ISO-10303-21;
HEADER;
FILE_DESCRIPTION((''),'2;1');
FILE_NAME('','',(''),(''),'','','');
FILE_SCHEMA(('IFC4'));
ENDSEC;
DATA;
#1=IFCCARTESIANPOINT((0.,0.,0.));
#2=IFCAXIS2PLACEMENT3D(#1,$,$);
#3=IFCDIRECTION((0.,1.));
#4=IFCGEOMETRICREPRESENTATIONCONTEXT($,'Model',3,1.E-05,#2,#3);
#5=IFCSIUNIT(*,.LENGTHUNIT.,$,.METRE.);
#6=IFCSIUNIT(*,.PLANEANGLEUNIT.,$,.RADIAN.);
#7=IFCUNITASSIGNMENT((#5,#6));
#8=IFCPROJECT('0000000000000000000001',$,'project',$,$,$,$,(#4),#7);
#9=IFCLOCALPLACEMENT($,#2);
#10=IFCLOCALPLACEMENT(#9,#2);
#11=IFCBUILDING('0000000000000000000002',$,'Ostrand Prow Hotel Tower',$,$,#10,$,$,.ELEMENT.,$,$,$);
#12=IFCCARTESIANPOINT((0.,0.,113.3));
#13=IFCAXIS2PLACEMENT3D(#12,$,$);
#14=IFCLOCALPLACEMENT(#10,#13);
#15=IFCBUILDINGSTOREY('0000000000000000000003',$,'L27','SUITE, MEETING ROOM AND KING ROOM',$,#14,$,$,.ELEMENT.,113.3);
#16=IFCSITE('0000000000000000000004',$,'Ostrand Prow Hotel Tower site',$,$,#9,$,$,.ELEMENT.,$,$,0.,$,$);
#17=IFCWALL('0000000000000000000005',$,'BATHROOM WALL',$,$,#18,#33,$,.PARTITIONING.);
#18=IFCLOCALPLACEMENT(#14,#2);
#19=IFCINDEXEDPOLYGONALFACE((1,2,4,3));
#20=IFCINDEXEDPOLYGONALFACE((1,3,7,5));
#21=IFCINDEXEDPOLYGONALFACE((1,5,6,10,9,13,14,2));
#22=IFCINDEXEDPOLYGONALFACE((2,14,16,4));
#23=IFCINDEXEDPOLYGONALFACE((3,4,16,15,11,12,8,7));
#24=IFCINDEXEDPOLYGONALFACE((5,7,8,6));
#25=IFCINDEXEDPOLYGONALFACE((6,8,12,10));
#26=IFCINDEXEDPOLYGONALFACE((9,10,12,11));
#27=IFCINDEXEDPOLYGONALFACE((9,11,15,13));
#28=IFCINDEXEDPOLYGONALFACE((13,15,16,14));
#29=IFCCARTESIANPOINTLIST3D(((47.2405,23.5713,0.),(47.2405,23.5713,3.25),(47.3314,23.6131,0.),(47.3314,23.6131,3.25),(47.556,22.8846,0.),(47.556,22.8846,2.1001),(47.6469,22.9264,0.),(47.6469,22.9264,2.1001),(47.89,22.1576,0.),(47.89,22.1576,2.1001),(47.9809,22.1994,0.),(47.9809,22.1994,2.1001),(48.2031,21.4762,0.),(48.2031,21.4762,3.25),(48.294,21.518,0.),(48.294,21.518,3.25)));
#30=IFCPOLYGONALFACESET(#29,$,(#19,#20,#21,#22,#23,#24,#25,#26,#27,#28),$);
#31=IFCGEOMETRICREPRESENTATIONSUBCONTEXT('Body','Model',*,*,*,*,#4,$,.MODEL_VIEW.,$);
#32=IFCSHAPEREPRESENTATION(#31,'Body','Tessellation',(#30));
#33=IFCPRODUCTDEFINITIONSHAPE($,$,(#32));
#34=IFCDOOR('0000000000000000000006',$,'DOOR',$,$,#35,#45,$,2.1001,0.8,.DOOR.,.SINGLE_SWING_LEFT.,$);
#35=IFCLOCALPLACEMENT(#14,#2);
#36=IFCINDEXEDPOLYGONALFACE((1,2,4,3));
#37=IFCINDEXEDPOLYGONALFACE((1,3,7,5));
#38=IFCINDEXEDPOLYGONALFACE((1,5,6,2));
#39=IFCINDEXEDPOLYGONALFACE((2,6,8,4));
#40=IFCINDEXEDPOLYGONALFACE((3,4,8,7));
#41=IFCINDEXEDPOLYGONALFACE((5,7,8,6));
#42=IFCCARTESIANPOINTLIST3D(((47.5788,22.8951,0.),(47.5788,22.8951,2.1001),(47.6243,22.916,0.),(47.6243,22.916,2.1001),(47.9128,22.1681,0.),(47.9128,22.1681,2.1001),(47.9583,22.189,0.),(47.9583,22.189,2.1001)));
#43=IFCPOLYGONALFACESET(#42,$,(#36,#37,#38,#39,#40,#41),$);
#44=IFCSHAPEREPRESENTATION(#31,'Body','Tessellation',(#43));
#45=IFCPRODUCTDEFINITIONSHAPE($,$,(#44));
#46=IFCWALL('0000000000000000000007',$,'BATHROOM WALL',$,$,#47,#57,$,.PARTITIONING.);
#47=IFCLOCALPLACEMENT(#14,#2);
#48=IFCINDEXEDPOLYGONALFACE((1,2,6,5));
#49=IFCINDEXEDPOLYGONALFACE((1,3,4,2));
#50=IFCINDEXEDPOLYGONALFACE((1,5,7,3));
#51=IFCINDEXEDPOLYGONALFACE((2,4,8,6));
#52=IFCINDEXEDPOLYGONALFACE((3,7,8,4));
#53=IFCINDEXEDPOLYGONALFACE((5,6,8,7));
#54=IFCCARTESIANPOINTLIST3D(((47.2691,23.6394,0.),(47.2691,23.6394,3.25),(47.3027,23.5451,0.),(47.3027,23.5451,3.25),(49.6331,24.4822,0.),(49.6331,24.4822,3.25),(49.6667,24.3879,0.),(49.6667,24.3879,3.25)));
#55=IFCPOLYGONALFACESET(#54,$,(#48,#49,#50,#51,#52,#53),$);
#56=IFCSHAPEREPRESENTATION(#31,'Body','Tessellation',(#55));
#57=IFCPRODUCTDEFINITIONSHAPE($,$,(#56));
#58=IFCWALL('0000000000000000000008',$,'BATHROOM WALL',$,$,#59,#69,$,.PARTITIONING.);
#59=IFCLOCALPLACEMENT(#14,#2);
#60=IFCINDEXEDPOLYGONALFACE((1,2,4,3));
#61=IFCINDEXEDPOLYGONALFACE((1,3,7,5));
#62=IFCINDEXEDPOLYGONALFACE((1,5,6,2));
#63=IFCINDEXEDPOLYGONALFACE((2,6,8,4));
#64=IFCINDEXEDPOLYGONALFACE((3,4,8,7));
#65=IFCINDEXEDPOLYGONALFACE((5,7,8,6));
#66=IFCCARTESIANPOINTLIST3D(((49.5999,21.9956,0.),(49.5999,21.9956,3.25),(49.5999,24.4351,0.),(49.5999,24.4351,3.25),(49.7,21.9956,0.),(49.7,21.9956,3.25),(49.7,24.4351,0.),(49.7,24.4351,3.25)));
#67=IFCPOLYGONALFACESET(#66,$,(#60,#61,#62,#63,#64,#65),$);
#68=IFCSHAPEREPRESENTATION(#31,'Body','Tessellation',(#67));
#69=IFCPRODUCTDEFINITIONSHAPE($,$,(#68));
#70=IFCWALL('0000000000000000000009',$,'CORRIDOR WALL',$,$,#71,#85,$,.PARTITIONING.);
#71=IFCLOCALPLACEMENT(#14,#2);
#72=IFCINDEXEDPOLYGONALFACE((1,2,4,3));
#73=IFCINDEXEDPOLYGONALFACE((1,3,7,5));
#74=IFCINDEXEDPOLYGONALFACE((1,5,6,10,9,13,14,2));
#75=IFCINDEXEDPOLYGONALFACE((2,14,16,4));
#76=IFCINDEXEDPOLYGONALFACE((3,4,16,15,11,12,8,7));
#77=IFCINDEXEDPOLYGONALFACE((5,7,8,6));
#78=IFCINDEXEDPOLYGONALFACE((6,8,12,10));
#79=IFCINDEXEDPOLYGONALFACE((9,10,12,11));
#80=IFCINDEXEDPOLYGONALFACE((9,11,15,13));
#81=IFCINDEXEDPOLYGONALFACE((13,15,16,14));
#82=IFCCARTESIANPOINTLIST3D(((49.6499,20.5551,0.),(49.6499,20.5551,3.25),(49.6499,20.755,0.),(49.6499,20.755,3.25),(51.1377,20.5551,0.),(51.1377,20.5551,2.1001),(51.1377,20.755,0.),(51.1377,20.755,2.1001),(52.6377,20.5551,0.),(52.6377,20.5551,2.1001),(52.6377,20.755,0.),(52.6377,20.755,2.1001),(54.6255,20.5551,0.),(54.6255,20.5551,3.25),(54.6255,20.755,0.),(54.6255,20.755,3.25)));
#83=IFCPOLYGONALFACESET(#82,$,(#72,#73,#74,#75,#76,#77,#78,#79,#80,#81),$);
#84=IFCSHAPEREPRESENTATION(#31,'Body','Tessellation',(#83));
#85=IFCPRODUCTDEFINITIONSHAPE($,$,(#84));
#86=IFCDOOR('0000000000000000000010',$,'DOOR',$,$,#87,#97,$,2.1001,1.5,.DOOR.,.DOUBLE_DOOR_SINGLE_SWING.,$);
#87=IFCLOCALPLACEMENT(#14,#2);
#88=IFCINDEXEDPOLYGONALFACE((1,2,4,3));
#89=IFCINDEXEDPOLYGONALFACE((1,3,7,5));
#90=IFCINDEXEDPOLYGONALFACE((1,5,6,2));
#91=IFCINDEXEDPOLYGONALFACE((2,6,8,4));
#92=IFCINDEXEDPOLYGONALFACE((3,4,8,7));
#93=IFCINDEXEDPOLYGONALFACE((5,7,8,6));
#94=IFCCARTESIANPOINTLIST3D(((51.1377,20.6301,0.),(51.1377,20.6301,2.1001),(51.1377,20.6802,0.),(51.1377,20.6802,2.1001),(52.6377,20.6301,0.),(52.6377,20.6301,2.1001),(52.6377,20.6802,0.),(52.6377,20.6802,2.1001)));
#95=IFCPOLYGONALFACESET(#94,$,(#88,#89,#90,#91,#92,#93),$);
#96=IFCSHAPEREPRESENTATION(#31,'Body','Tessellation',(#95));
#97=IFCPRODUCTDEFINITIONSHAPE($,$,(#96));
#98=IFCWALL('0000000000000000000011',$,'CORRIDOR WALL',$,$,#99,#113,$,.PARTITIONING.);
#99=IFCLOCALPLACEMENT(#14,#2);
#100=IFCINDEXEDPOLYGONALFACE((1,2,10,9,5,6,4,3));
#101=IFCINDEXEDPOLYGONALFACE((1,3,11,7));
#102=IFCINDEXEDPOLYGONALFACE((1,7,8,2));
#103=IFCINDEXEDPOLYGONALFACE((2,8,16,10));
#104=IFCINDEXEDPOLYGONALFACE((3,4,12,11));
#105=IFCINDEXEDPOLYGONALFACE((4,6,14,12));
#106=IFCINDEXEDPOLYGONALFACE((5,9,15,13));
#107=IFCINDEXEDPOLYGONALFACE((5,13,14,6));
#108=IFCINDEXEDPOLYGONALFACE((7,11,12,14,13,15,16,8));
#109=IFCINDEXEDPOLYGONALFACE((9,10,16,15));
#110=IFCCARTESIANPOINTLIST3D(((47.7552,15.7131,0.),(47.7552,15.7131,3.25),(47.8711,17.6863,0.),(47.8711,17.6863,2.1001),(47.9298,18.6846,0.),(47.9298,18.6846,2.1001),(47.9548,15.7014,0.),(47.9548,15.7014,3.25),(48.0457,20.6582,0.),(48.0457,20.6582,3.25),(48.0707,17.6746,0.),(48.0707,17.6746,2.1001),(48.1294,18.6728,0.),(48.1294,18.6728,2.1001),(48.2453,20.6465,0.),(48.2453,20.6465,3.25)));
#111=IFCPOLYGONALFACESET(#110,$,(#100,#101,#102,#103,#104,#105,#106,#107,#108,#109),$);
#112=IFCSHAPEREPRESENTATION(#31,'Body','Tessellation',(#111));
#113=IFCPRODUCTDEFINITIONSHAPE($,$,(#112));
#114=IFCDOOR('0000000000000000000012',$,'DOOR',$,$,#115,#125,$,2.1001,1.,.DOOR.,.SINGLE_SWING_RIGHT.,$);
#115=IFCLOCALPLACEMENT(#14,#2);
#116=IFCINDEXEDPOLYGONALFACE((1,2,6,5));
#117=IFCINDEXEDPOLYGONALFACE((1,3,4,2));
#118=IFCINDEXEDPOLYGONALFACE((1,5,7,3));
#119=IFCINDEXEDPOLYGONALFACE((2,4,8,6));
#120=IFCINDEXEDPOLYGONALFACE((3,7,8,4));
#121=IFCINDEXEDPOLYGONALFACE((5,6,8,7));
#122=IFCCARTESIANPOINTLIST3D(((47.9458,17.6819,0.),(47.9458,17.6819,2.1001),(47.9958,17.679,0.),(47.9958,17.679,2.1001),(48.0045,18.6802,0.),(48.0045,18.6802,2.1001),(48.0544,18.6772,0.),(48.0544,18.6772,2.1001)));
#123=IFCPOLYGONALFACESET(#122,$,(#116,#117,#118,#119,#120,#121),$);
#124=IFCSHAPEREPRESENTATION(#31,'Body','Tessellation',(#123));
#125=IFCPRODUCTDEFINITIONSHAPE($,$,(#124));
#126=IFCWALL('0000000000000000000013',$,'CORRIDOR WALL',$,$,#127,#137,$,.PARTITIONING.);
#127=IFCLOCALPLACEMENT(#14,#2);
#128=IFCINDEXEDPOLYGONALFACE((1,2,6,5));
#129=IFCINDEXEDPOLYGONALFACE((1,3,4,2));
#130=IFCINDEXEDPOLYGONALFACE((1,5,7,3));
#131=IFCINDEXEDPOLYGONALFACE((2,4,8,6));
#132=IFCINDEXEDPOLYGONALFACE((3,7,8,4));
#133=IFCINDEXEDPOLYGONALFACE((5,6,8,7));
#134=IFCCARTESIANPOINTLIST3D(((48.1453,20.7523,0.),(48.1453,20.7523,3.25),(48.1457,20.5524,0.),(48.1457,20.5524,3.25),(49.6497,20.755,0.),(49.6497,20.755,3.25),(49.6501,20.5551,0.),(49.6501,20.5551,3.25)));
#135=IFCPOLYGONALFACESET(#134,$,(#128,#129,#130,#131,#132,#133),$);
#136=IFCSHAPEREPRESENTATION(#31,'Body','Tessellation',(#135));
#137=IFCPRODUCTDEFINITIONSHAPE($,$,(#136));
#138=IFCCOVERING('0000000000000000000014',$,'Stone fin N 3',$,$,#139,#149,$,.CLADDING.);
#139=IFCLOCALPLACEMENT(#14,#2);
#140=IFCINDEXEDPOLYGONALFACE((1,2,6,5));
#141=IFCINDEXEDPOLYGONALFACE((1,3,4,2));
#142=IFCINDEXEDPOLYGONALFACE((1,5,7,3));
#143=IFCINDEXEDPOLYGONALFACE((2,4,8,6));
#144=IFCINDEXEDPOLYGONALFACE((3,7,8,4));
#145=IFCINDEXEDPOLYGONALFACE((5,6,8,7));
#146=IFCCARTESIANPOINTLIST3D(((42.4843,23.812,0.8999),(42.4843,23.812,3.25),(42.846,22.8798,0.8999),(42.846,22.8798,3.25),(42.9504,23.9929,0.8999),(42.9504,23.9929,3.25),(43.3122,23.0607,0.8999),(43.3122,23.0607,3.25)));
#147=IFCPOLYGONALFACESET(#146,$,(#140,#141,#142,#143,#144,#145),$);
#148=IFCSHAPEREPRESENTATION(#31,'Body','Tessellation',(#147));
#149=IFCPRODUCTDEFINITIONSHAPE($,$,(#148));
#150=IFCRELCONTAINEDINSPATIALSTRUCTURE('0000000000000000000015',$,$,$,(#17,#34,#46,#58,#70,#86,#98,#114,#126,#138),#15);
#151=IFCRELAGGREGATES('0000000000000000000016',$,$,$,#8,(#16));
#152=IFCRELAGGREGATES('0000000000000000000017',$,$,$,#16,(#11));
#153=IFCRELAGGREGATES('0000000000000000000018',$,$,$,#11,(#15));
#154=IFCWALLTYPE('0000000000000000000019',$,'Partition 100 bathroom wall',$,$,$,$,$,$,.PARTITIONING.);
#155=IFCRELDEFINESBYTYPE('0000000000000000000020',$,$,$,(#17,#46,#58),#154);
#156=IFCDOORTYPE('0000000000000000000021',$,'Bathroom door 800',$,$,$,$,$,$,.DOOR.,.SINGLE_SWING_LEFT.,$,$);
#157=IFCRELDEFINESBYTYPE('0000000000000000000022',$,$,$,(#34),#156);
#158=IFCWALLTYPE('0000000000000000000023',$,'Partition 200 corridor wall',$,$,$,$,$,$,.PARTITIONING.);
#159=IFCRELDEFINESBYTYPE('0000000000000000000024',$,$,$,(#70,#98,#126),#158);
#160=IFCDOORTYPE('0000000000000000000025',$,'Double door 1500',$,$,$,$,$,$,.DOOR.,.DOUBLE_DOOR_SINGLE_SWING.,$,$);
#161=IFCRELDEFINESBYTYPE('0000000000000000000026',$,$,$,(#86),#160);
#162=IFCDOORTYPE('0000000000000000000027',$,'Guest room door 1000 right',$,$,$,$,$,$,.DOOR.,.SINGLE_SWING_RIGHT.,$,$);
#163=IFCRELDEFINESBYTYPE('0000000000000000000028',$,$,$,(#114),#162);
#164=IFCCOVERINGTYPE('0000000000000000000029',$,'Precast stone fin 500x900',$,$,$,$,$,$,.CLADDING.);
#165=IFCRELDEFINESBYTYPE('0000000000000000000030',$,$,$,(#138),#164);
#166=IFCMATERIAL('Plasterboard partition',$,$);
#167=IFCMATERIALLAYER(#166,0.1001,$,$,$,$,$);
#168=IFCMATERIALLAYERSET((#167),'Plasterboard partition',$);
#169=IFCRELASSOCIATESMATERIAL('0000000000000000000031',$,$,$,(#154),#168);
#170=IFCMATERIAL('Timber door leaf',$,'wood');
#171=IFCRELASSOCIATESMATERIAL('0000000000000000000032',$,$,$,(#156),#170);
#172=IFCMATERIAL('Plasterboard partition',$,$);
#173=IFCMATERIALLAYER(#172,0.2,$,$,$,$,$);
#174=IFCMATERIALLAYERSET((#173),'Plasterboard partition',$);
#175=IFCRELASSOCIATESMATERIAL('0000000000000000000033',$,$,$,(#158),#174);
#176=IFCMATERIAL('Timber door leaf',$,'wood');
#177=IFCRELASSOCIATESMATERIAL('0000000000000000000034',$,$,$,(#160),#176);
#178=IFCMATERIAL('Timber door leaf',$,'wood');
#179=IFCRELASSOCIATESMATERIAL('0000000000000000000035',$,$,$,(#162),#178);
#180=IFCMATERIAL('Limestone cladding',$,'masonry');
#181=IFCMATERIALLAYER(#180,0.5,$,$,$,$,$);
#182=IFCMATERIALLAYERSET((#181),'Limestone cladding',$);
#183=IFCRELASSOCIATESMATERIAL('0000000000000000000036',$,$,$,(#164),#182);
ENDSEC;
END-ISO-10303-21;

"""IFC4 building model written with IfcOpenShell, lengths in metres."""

from ifc_helpers import new_model, si_unit, direction, frame, frame_2d, origin, place, context, subcontext, project, spatial, rectangle, extrude, material, layer, layer_set, type_object, element, fill, save


model = new_model("IFC4")

# Units and contexts
model_context = context("Model", 3, precision=1e-05, world=origin(), true_north=direction((0.0, 1.0)))
body_context = subcontext(model_context, "Body", "Model", "MODEL_VIEW")
ifc_project = project(units=[si_unit("LENGTHUNIT", "METRE"), si_unit("PLANEANGLEUNIT", "RADIAN")], contexts=[model_context])

# Site, building, storey
site_placement = place(None, origin())
site = spatial("IfcSite", under=ifc_project, at=site_placement, Name="Ostrand Prow Hotel Tower site", CompositionType="ELEMENT", RefElevation=0.0)
building_placement = place(site_placement, origin())
building = spatial("IfcBuilding", under=site, at=building_placement, Name="Ostrand Prow Hotel Tower", CompositionType="ELEMENT")
storey_placement = place(building_placement, frame((0.0, 0.0, 113.3)))
storey = spatial("IfcBuildingStorey", under=building, at=storey_placement, Name="L27", Description="SUITE, MEETING ROOM AND KING ROOM", CompositionType="ELEMENT", Elevation=113.3)

# Shared definitions
ifc_material_1 = material(Name="Plasterboard partition")
ifc_layer_1 = layer(ifc_material_1, 0.1001)
ifc_layer_set_1 = layer_set([ifc_layer_1], Name="Plasterboard partition")
wall_type_1 = type_object("IfcWallType", Name="Partition 100 bathroom wall", PredefinedType="PARTITIONING", material=ifc_layer_set_1)

# Wall, opening, door
wall_1_placement = place(storey_placement, frame((48.2485, 21.4971, 0.0), z_axis=(0.0, 0.0, 1.0), x_axis=(-0.417493, 0.90868, 0.0)))
wall_1 = element("IfcWall", 1, at=wall_1_placement, inside=storey, type_object=wall_type_1, Name="BATHROOM WALL", PredefinedType="PARTITIONING", context=body_context, shape_type="SweptSolid", body=[
    extrude(rectangle(XDim=2.3057, YDim=0.1001, at=frame_2d((1.1528, 0.0))), origin(), (0.0, 0.0, 1.0), 3.25),
])
opening_1_placement = place(wall_1_placement, frame((0.75, 0.0, 0.0)))
opening_1 = element("IfcOpeningElement", 2, at=opening_1_placement, cuts=wall_1, PredefinedType="OPENING", context=body_context, shape_type="SweptSolid", body=[
    extrude(rectangle(XDim=0.8, YDim=2.1001, at=frame_2d((0.3999, 1.05))), frame((0.0, 0.0601, 0.0), z_axis=(0.0, -1.0, 0.0), x_axis=(1.0, 0.0, 0.0)), (0.0, 0.0, 1.0), 0.1201),
])
ifc_material_2 = material(Name="Timber door leaf", Category="wood")
door_type_1 = type_object("IfcDoorType", Name="Bathroom door 800", OperationType="SINGLE_SWING_LEFT", PredefinedType="DOOR", material=ifc_material_2)
door_1_placement = place(opening_1_placement, origin())
door_1 = element("IfcDoor", 3, at=door_1_placement, inside=storey, type_object=door_type_1, Name="DOOR", OperationType="SINGLE_SWING_LEFT", OverallHeight=2.1001, OverallWidth=0.8, PredefinedType="DOOR", context=body_context, shape_type="SweptSolid", body=[
    extrude(rectangle(XDim=0.8, YDim=2.1001, at=frame_2d((0.3999, 1.05))), frame((0.0, 0.0249, 0.0), z_axis=(0.0, -1.0, 0.0), x_axis=(1.0, 0.0, 0.0)), (0.0, 0.0, 1.0), 0.05),
])
fill(opening_1, door_1)

# Walls
wall_2_placement = place(storey_placement, frame((47.2859, 23.5923, 0.0), z_axis=(0.0, 0.0, 1.0), x_axis=(0.941933, 0.3358, 0.0)))
element("IfcWall", 4, at=wall_2_placement, inside=storey, type_object=wall_type_1, Name="BATHROOM WALL", PredefinedType="PARTITIONING", context=body_context, shape_type="SweptSolid", body=[
    extrude(rectangle(XDim=2.5098, YDim=0.1001, at=frame_2d((1.2549, 0.0))), origin(), (0.0, 0.0, 1.0), 3.25),
])
wall_3_placement = place(storey_placement, frame((49.6499, 24.4351, 0.0), z_axis=(0.0, 0.0, 1.0), x_axis=(0.0, -1.0, 0.0)))
element("IfcWall", 5, at=wall_3_placement, inside=storey, type_object=wall_type_1, Name="BATHROOM WALL", PredefinedType="PARTITIONING", context=body_context, shape_type="SweptSolid", body=[
    extrude(rectangle(XDim=2.4395, YDim=0.1001, at=frame_2d((1.2197, 0.0))), origin(), (0.0, 0.0, 1.0), 3.25),
])

# Walls, openings, doors
ifc_material_3 = material(Name="Plasterboard partition")
ifc_layer_2 = layer(ifc_material_3, 0.2)
ifc_layer_set_2 = layer_set([ifc_layer_2], Name="Plasterboard partition")
wall_type_2 = type_object("IfcWallType", Name="Partition 200 corridor wall", PredefinedType="PARTITIONING", material=ifc_layer_set_2)
wall_4_placement = place(storey_placement, frame((54.6255, 20.655, 0.0), z_axis=(0.0, 0.0, 1.0), x_axis=(-1.0, 0.0, 0.0)))
wall_4 = element("IfcWall", 6, at=wall_4_placement, inside=storey, type_object=wall_type_2, Name="CORRIDOR WALL", PredefinedType="PARTITIONING", context=body_context, shape_type="SweptSolid", body=[
    extrude(rectangle(XDim=4.9756, YDim=0.2, at=frame_2d((2.4878, 0.0))), origin(), (0.0, 0.0, 1.0), 3.25),
])
opening_2_placement = place(wall_4_placement, frame((1.9878, 0.0, 0.0)))
opening_2 = element("IfcOpeningElement", 7, at=opening_2_placement, cuts=wall_4, PredefinedType="OPENING", context=body_context, shape_type="SweptSolid", body=[
    extrude(rectangle(XDim=1.5, YDim=2.1001, at=frame_2d((0.75, 1.05))), frame((0.0, 0.1099, 0.0), z_axis=(0.0, -1.0, 0.0), x_axis=(1.0, 0.0, 0.0)), (0.0, 0.0, 1.0), 0.22),
])
ifc_material_4 = material(Name="Timber door leaf", Category="wood")
door_type_2 = type_object("IfcDoorType", Name="Double door 1500", OperationType="DOUBLE_DOOR_SINGLE_SWING", PredefinedType="DOOR", material=ifc_material_4)
door_2_placement = place(opening_2_placement, origin())
door_2 = element("IfcDoor", 8, at=door_2_placement, inside=storey, type_object=door_type_2, Name="DOOR", OperationType="DOUBLE_DOOR_SINGLE_SWING", OverallHeight=2.1001, OverallWidth=1.5, PredefinedType="DOOR", context=body_context, shape_type="SweptSolid", body=[
    extrude(rectangle(XDim=1.5, YDim=2.1001, at=frame_2d((0.75, 1.05))), frame((0.0, 0.0249, 0.0), z_axis=(0.0, -1.0, 0.0), x_axis=(1.0, 0.0, 0.0)), (0.0, 0.0, 1.0), 0.05),
])
fill(opening_2, door_2)
wall_5_placement = place(storey_placement, frame((48.1455, 20.6523, 0.0), z_axis=(0.0, 0.0, 1.0), x_axis=(-0.05865, -0.998279, 0.0)))
wall_5 = element("IfcWall", 9, at=wall_5_placement, inside=storey, type_object=wall_type_2, Name="CORRIDOR WALL", PredefinedType="PARTITIONING", context=body_context, shape_type="SweptSolid", body=[
    extrude(rectangle(XDim=4.9536, YDim=0.2, at=frame_2d((2.4768, 0.0))), origin(), (0.0, 0.0, 1.0), 3.25),
])
opening_3_placement = place(wall_5_placement, frame((1.9771, 0.0, 0.0)))
opening_3 = element("IfcOpeningElement", 10, at=opening_3_placement, cuts=wall_5, PredefinedType="OPENING", context=body_context, shape_type="SweptSolid", body=[
    extrude(rectangle(XDim=1.0, YDim=2.1001, at=frame_2d((0.5, 1.05))), frame((0.0, 0.1099, 0.0), z_axis=(0.0, -1.0, 0.0), x_axis=(1.0, 0.0, 0.0)), (0.0, 0.0, 1.0), 0.22),
])
ifc_material_5 = material(Name="Timber door leaf", Category="wood")
door_type_3 = type_object("IfcDoorType", Name="Guest room door 1000 right", OperationType="SINGLE_SWING_RIGHT", PredefinedType="DOOR", material=ifc_material_5)
door_3_placement = place(opening_3_placement, origin())
door_3 = element("IfcDoor", 11, at=door_3_placement, inside=storey, type_object=door_type_3, Name="DOOR", OperationType="SINGLE_SWING_RIGHT", OverallHeight=2.1001, OverallWidth=1.0, PredefinedType="DOOR", context=body_context, shape_type="SweptSolid", body=[
    extrude(rectangle(XDim=1.0, YDim=2.1001, at=frame_2d((0.5, 1.05))), frame((0.0, 0.0249, 0.0), z_axis=(0.0, -1.0, 0.0), x_axis=(1.0, 0.0, 0.0)), (0.0, 0.0, 1.0), 0.05),
])
fill(opening_3, door_3)

# Wall
wall_6_placement = place(storey_placement, frame((49.6499, 20.655, 0.0), z_axis=(0.0, 0.0, 1.0), x_axis=(-0.999998, -0.001785, 0.0)))
element("IfcWall", 12, at=wall_6_placement, inside=storey, type_object=wall_type_2, Name="CORRIDOR WALL", PredefinedType="PARTITIONING", context=body_context, shape_type="SweptSolid", body=[
    extrude(rectangle(XDim=1.5044, YDim=0.2, at=frame_2d((0.7522, 0.0))), origin(), (0.0, 0.0, 1.0), 3.25),
])

# Covering
ifc_material_6 = material(Name="Limestone cladding", Category="masonry")
ifc_layer_3 = layer(ifc_material_6, 0.5)
ifc_layer_set_3 = layer_set([ifc_layer_3], Name="Limestone cladding")
covering_type = type_object("IfcCoveringType", Name="Precast stone fin 500x900", PredefinedType="CLADDING", material=ifc_layer_set_3)
covering_placement = place(storey_placement, frame((43.0791, 22.9702, 0.8999), z_axis=(0.0, 0.0, 1.0), x_axis=(-0.361775, 0.932266, 0.0)))
element("IfcCovering", 13, at=covering_placement, inside=storey, type_object=covering_type, Name="Stone fin N 3", PredefinedType="CLADDING", context=body_context, shape_type="SweptSolid", body=[
    extrude(rectangle(XDim=1.0, YDim=0.5, at=frame_2d((0.5, 0.0))), origin(), (0.0, 0.0, 1.0), 2.3501),
])

save(model, "model.ifc")
